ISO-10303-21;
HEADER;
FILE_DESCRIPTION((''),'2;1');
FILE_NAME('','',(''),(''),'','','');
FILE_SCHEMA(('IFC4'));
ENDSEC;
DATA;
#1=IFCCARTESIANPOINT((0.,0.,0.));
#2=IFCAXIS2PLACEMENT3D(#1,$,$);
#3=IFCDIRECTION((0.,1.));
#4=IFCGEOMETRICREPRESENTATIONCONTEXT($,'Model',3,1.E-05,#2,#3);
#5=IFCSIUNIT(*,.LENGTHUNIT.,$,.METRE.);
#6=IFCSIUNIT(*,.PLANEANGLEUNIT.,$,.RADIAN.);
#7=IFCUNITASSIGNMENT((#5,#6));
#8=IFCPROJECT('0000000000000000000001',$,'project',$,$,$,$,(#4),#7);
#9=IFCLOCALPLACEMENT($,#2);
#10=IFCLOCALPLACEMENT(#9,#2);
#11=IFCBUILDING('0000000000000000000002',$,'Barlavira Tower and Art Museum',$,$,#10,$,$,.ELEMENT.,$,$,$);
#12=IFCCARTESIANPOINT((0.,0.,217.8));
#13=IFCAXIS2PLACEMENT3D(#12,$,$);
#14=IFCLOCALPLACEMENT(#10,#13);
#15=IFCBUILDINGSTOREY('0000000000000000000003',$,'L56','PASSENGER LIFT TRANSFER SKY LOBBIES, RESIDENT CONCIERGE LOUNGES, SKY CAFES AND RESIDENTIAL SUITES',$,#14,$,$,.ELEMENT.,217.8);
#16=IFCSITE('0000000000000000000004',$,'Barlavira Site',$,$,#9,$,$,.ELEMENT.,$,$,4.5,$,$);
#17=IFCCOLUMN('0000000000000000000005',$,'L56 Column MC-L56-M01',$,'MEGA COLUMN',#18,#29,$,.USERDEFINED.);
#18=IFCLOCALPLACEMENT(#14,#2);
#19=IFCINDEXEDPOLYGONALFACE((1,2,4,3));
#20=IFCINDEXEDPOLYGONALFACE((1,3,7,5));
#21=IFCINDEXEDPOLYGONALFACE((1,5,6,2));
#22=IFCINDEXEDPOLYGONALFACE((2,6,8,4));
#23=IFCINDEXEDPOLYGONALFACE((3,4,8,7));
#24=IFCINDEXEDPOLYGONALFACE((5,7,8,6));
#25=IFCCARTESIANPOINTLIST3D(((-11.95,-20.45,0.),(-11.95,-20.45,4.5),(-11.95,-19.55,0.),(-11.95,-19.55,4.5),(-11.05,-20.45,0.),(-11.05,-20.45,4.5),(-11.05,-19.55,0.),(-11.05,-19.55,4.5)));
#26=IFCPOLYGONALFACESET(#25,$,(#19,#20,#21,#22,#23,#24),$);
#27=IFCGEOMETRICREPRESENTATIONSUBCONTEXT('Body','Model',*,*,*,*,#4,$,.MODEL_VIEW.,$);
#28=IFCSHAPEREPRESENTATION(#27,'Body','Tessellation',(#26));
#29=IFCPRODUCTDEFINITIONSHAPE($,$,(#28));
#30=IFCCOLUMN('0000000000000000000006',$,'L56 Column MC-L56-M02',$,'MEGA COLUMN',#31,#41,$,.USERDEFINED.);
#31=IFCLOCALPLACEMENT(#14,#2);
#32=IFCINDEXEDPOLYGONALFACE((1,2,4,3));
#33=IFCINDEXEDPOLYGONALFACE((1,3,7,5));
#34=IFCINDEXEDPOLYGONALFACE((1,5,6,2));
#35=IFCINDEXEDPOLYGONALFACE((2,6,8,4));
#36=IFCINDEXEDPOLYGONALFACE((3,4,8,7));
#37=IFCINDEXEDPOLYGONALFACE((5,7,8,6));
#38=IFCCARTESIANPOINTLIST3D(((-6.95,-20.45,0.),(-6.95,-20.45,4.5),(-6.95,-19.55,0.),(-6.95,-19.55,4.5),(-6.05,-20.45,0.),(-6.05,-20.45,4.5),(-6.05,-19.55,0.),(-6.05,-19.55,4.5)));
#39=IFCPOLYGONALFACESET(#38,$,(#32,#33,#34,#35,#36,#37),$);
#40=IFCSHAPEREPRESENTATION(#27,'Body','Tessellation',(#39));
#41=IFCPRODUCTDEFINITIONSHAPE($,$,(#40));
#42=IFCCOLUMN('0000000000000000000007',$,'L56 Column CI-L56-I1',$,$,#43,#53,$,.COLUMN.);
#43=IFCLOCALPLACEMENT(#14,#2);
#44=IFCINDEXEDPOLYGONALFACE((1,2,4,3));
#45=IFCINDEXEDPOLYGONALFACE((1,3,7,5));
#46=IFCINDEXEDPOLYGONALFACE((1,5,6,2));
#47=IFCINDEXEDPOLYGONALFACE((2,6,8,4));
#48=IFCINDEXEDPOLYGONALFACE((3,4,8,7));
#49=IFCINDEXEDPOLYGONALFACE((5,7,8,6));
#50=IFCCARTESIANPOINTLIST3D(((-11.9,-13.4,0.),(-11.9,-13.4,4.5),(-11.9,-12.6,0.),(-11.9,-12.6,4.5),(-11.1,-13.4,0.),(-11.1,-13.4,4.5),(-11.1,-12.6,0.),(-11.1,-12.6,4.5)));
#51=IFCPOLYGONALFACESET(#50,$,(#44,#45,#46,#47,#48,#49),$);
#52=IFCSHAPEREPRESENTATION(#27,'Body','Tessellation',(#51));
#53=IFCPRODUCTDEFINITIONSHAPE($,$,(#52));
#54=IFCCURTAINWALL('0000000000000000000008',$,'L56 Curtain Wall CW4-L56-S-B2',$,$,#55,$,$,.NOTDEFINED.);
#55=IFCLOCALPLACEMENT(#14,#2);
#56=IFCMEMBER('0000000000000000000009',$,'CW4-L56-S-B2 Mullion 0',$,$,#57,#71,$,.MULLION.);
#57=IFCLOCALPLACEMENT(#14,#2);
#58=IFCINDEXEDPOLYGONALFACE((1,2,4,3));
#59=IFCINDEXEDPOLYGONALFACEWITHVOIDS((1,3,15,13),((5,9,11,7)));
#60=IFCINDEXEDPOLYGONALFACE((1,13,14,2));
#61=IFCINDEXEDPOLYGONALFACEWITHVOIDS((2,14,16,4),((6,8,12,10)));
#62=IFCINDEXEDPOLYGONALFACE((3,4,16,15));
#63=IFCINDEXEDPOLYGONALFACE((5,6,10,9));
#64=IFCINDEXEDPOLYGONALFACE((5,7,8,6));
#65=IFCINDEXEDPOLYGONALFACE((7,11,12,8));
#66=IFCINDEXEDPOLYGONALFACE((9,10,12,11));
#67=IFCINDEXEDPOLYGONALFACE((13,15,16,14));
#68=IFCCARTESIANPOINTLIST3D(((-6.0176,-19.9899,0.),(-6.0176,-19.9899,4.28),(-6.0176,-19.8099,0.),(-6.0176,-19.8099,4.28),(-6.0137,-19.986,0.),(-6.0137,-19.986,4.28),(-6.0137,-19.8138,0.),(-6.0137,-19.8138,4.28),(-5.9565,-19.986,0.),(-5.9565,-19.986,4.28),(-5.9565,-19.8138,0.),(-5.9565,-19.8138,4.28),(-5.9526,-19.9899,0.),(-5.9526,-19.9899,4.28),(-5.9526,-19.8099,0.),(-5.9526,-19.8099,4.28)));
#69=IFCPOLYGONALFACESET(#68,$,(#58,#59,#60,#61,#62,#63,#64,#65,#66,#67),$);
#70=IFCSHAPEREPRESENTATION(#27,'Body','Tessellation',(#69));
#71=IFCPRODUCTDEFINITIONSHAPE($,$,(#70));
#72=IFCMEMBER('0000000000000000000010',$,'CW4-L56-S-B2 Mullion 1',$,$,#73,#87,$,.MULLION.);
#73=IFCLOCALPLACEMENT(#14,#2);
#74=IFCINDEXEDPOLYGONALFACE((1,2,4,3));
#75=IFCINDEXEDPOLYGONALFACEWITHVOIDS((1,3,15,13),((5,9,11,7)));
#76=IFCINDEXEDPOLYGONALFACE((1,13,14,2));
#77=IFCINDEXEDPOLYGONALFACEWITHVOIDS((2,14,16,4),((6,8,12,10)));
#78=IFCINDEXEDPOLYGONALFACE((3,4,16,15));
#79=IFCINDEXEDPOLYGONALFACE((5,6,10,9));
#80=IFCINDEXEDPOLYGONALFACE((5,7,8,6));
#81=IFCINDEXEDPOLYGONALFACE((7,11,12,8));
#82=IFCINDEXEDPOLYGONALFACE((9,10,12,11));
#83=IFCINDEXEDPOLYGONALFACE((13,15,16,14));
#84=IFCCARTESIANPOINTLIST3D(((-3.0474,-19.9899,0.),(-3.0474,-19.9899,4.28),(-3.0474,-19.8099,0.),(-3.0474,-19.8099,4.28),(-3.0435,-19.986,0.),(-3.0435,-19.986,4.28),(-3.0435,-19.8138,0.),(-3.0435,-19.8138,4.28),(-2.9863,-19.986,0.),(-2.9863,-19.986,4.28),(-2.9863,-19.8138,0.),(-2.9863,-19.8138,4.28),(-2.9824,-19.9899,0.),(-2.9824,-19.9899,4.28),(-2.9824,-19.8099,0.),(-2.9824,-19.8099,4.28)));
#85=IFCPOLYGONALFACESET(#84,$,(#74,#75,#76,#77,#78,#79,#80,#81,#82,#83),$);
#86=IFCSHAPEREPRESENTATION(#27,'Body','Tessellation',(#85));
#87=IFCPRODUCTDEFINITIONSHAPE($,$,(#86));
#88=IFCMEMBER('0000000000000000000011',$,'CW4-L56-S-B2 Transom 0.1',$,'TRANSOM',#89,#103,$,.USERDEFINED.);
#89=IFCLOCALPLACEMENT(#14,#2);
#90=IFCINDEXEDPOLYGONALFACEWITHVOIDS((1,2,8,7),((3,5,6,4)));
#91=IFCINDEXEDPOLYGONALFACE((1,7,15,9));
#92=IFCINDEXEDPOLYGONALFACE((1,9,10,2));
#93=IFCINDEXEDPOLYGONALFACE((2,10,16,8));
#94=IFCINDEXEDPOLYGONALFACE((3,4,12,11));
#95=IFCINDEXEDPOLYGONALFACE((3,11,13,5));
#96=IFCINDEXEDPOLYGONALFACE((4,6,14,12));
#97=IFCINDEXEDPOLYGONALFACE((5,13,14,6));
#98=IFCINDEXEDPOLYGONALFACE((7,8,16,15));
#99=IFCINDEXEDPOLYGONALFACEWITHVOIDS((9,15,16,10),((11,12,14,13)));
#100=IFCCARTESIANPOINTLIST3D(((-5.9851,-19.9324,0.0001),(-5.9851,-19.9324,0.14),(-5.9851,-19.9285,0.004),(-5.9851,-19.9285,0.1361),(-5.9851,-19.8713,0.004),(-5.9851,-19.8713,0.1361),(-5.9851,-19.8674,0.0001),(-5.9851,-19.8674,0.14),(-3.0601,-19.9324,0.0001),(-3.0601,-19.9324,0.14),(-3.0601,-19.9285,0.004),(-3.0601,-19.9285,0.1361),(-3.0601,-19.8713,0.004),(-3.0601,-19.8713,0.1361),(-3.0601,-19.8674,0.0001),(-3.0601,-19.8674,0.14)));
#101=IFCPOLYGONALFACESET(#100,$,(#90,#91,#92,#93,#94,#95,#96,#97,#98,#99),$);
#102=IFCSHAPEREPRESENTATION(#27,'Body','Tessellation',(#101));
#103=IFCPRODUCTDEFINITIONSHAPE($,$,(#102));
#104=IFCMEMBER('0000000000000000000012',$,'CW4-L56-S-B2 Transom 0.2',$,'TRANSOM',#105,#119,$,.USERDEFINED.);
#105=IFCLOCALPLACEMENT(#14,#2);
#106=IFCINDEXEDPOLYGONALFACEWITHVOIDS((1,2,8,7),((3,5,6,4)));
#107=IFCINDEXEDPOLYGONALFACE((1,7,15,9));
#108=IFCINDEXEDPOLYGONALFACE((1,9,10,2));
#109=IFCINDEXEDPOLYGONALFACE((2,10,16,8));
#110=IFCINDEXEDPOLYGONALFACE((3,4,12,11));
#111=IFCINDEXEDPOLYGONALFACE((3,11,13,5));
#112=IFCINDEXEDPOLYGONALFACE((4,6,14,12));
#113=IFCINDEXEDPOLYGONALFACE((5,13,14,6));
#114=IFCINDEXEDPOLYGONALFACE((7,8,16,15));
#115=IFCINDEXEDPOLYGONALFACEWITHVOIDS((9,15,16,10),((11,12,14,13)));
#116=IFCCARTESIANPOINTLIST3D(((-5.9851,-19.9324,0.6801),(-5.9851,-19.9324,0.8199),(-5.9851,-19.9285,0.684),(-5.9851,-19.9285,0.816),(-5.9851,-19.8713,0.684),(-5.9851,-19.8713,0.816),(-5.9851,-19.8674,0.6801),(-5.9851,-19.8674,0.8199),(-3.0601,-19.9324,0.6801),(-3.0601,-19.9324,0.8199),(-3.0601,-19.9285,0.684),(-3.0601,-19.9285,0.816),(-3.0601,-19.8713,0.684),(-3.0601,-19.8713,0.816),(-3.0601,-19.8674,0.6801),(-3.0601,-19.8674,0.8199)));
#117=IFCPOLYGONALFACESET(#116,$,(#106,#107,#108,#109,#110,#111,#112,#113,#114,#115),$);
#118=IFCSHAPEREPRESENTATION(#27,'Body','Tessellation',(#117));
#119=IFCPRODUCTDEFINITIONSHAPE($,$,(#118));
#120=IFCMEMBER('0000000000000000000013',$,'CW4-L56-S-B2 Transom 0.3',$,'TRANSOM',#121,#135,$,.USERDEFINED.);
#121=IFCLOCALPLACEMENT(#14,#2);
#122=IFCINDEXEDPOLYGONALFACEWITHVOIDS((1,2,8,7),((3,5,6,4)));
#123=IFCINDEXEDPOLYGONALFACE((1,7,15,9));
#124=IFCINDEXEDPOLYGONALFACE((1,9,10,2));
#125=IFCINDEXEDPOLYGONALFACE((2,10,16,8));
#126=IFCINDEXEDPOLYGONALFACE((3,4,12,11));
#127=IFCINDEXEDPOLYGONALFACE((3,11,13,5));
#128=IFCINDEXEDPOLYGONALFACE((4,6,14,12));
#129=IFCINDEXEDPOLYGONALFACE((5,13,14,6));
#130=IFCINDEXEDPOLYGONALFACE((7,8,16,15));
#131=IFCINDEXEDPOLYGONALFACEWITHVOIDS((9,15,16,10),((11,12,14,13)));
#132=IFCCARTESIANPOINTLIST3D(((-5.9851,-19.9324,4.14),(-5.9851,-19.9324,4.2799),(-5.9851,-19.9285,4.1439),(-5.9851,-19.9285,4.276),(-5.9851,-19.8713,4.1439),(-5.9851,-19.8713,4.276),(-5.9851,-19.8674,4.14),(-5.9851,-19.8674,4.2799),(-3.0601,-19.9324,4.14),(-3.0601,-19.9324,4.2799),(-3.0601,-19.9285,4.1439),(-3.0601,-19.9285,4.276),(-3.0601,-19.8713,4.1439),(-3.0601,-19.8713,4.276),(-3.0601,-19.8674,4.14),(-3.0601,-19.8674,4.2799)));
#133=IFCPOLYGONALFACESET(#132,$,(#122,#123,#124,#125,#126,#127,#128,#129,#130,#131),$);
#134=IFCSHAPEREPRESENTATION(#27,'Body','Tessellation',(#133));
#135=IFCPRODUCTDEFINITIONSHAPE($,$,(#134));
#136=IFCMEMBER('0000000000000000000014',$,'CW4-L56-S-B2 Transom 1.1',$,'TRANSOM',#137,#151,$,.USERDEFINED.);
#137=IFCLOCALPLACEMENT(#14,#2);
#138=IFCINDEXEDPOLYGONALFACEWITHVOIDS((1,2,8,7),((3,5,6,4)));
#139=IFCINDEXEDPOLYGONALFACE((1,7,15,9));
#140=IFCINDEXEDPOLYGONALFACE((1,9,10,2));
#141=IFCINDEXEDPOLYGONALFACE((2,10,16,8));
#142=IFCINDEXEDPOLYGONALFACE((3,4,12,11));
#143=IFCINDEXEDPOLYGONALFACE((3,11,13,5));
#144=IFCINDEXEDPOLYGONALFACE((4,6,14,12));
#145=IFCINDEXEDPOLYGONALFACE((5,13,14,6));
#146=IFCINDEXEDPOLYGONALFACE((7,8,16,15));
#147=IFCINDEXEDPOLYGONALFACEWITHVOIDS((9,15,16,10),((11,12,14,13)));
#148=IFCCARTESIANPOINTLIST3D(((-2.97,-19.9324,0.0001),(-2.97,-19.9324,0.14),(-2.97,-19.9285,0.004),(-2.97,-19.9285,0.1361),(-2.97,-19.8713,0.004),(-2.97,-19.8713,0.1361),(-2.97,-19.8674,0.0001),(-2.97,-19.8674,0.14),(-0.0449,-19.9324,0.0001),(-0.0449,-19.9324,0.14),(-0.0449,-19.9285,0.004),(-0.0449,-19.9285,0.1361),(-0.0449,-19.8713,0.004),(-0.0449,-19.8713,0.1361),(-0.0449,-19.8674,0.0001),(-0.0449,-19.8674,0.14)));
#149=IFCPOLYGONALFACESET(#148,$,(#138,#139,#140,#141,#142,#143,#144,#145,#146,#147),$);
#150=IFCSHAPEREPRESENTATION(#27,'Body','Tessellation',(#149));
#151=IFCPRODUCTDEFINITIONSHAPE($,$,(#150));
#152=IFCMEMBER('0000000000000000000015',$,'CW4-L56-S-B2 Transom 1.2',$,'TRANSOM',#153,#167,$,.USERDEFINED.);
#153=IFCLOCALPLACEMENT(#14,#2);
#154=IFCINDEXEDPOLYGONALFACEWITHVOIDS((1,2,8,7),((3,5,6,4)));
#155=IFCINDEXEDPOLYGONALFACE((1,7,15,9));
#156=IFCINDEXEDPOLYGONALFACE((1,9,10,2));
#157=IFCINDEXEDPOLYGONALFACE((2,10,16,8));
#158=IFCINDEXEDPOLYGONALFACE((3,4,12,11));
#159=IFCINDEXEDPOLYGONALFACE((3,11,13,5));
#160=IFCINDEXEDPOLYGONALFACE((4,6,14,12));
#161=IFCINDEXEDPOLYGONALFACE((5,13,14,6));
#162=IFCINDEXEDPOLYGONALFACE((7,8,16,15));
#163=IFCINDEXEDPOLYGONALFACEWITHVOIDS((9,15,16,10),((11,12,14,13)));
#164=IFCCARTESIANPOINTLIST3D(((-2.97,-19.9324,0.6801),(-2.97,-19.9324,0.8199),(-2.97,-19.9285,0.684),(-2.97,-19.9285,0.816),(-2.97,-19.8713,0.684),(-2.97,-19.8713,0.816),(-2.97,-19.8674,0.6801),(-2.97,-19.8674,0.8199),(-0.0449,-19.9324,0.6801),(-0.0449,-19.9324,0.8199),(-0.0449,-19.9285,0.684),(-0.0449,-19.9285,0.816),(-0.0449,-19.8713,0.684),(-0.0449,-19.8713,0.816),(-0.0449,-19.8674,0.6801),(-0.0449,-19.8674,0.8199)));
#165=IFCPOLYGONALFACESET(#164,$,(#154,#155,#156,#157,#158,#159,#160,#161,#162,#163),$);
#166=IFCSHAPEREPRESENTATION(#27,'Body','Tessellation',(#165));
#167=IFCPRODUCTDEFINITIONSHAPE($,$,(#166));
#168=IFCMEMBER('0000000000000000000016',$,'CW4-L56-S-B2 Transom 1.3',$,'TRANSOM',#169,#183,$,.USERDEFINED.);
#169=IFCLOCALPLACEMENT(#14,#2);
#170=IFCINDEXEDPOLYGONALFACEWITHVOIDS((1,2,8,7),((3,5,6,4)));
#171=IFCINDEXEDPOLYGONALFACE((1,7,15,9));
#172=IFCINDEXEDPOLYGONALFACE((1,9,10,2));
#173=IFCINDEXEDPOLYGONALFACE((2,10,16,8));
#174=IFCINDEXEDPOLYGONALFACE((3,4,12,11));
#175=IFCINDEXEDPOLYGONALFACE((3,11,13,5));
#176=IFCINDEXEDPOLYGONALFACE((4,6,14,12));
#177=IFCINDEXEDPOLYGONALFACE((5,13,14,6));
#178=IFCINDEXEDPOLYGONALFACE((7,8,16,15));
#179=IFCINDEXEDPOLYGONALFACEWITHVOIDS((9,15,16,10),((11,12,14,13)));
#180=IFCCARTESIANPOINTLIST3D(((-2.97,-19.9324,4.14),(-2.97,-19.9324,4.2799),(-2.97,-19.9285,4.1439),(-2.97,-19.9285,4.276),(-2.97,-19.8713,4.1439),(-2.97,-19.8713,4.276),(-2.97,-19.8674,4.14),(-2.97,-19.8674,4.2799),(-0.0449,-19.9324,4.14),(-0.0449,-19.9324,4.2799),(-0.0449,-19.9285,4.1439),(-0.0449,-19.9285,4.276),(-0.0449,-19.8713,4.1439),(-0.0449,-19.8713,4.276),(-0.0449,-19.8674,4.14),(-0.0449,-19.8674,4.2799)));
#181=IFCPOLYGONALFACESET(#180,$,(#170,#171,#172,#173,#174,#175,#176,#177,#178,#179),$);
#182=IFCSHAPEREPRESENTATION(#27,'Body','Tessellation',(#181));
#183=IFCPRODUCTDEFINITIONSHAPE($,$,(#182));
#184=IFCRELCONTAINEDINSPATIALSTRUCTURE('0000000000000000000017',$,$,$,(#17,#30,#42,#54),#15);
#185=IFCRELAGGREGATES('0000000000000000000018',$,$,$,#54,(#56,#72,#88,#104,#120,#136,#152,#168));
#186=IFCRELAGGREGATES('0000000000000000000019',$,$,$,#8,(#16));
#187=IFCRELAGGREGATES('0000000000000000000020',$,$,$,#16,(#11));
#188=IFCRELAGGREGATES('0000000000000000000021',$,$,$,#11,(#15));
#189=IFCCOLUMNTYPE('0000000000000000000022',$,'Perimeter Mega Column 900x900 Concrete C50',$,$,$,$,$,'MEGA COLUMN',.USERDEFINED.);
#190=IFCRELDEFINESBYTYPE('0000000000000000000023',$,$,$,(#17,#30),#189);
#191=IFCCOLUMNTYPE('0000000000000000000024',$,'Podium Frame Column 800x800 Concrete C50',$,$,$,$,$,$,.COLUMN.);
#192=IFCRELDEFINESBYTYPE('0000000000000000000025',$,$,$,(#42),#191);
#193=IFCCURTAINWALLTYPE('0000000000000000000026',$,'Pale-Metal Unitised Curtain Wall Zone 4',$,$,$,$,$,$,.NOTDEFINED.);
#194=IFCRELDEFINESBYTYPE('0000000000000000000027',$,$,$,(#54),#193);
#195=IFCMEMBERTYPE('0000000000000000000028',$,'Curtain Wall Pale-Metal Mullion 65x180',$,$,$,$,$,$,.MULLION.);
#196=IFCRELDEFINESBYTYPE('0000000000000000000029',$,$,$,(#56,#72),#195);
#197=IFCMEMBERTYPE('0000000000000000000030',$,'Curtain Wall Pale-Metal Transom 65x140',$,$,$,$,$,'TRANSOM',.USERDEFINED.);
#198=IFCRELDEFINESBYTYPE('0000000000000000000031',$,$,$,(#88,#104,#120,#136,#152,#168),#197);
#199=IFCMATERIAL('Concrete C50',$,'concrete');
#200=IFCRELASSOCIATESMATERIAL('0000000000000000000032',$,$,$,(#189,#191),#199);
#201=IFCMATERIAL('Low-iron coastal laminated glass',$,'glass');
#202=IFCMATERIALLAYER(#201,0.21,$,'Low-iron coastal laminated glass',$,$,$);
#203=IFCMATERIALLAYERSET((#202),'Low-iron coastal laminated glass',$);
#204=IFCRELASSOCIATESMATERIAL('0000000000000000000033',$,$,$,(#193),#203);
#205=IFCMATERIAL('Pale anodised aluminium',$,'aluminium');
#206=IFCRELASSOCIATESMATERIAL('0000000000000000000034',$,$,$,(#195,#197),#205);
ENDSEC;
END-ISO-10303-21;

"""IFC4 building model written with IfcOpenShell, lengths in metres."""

from ifc_helpers import new_model, si_unit, direction, frame, origin, origin_2d, place, context, subcontext, project, spatial, rectangle, hollow_rectangle, extrude, material, layer, layer_set, material_profile, profile_set, type_object, element, aggregate, save


model = new_model("IFC4")

# Units and contexts
model_context = context("Model", 3, precision=1e-05, world=origin(), true_north=direction((0.0, 1.0)))
body_context = subcontext(model_context, "Body", "Model", "MODEL_VIEW")
ifc_project = project(units=[si_unit("LENGTHUNIT", "METRE"), si_unit("PLANEANGLEUNIT", "RADIAN")], contexts=[model_context])

# Site, building, storey
site_placement = place(None, origin())
site = spatial("IfcSite", under=ifc_project, at=site_placement, Name="Barlavira Site", CompositionType="ELEMENT", RefElevation=4.5)
building_placement = place(site_placement, origin())
building = spatial("IfcBuilding", under=site, at=building_placement, Name="Barlavira Tower and Art Museum", CompositionType="ELEMENT")
storey_placement = place(building_placement, frame((0.0, 0.0, 217.8)))
storey = spatial("IfcBuildingStorey", under=building, at=storey_placement, Name="L56", Description="PASSENGER LIFT TRANSFER SKY LOBBIES, RESIDENT CONCIERGE LOUNGES, SKY CAFES AND RESIDENTIAL SUITES", CompositionType="ELEMENT", Elevation=217.8)

# Columns
ifc_material_1 = material(Name="Concrete C50", Category="concrete")
ifc_material_profile_1 = material_profile(ifc_material_1, rectangle(XDim=0.8999, YDim=0.8999, at=origin_2d()), Name="RC-COL 900x900")
ifc_profile_set_1 = profile_set([ifc_material_profile_1], Name="Concrete C50")
column_type_1 = type_object("IfcColumnType", Name="Perimeter Mega Column 900x900 Concrete C50", ElementType="MEGA COLUMN", PredefinedType="USERDEFINED", material=ifc_profile_set_1)
for number, where, z_axis, x_axis, name in (
    (1, (-11.5, -20.0, 0.0), (0.0, 0.0, 1.0), (1.0, 0.0, 0.0), "L56 Column MC-L56-M01"),
    (2, (-6.5, -20.0, 0.0), (0.0, 0.0, 1.0), (1.0, 0.0, 0.0), "L56 Column MC-L56-M02"),
):
    element("IfcColumn", number, at=place(storey_placement, frame(where, z_axis=z_axis, x_axis=x_axis)), inside=storey, type_object=column_type_1, Name=name, ObjectType="MEGA COLUMN", PredefinedType="USERDEFINED", context=body_context, shape_type="SweptSolid", body=[
        extrude(rectangle(XDim=0.8999, YDim=0.8999, at=origin_2d()), origin(), (0.0, 0.0, 1.0), 4.5),
    ])
ifc_material_profile_2 = material_profile(ifc_material_1, rectangle(XDim=0.8, YDim=0.8, at=origin_2d()), Name="RC-COL 800x800")
ifc_profile_set_2 = profile_set([ifc_material_profile_2], Name="Concrete C50")
column_type_2 = type_object("IfcColumnType", Name="Podium Frame Column 800x800 Concrete C50", PredefinedType="COLUMN", material=ifc_profile_set_2)
column_placement = place(storey_placement, frame((-11.5, -13.0, 0.0), z_axis=(0.0, 0.0, 1.0), x_axis=(1.0, 0.0, 0.0)))
element("IfcColumn", 3, at=column_placement, inside=storey, type_object=column_type_2, Name="L56 Column CI-L56-I1", PredefinedType="COLUMN", context=body_context, shape_type="SweptSolid", body=[
    extrude(rectangle(XDim=0.8, YDim=0.8, at=origin_2d()), origin(), (0.0, 0.0, 1.0), 4.5),
])

# Curtain wall, members
ifc_material_2 = material(Name="Low-iron coastal laminated glass", Category="glass")
ifc_layer_1 = layer(ifc_material_2, 0.21, Name="Low-iron coastal laminated glass")
ifc_layer_set_1 = layer_set([ifc_layer_1], Name="Low-iron coastal laminated glass")
curtain_wall_type = type_object("IfcCurtainWallType", Name="Pale-Metal Unitised Curtain Wall Zone 4", PredefinedType="NOTDEFINED", material=ifc_layer_set_1)
curtain_wall_placement = place(storey_placement, origin())
curtain_wall = element("IfcCurtainWall", 4, at=curtain_wall_placement, inside=storey, type_object=curtain_wall_type, Name="L56 Curtain Wall CW4-L56-S-B2", PredefinedType="NOTDEFINED")
ifc_material_3 = material(Name="Pale anodised aluminium", Category="aluminium")
ifc_material_profile_3 = material_profile(ifc_material_3, hollow_rectangle(XDim=0.0649, YDim=0.1799, WallThickness=0.0039, at=origin_2d()), Name="ALU-MULL 65x180x4")
ifc_profile_set_3 = profile_set([ifc_material_profile_3], Name="Pale anodised aluminium")
member_type_1 = type_object("IfcMemberType", Name="Curtain Wall Pale-Metal Mullion 65x180", PredefinedType="MULLION", material=ifc_profile_set_3)
member_1_placement = place(storey_placement, frame((-5.9851, -19.8999, 0.0), z_axis=(0.0, 0.0, 1.0), x_axis=(1.0, 0.0, 0.0)))
member_1 = element("IfcMember", 5, at=member_1_placement, type_object=member_type_1, Name="CW4-L56-S-B2 Mullion 0", PredefinedType="MULLION", context=body_context, shape_type="SweptSolid", body=[
    extrude(hollow_rectangle(XDim=0.0649, YDim=0.1799, WallThickness=0.0039, at=origin_2d()), origin(), (0.0, 0.0, 1.0), 4.28),
])
member_2_placement = place(storey_placement, frame((-3.0149, -19.8999, 0.0), z_axis=(0.0, 0.0, 1.0), x_axis=(1.0, 0.0, 0.0)))
member_2 = element("IfcMember", 6, at=member_2_placement, type_object=member_type_1, Name="CW4-L56-S-B2 Mullion 1", PredefinedType="MULLION", context=body_context, shape_type="SweptSolid", body=[
    extrude(hollow_rectangle(XDim=0.0649, YDim=0.1799, WallThickness=0.0039, at=origin_2d()), origin(), (0.0, 0.0, 1.0), 4.28),
])
ifc_material_profile_4 = material_profile(ifc_material_3, hollow_rectangle(XDim=0.0649, YDim=0.1399, WallThickness=0.0039, at=origin_2d()), Name="ALU-TRAN 65x140x4")
ifc_profile_set_4 = profile_set([ifc_material_profile_4], Name="Pale anodised aluminium")
member_type_2 = type_object("IfcMemberType", Name="Curtain Wall Pale-Metal Transom 65x140", ElementType="TRANSOM", PredefinedType="USERDEFINED", material=ifc_profile_set_4)
member_3_placement = place(storey_placement, frame((-5.9851, -19.8999, 0.0701), z_axis=(1.0, 0.0, 0.0), x_axis=(0.0, 1.0, 0.0)))
member_3 = element("IfcMember", 7, at=member_3_placement, type_object=member_type_2, Name="CW4-L56-S-B2 Transom 0.1", ObjectType="TRANSOM", PredefinedType="USERDEFINED", context=body_context, shape_type="SweptSolid", body=[
    extrude(hollow_rectangle(XDim=0.0649, YDim=0.1399, WallThickness=0.0039, at=origin_2d()), origin(), (0.0, 0.0, 1.0), 2.925),
])
member_4_placement = place(storey_placement, frame((-5.9851, -19.8999, 0.75), z_axis=(1.0, 0.0, 0.0), x_axis=(0.0, 1.0, 0.0)))
member_4 = element("IfcMember", 8, at=member_4_placement, type_object=member_type_2, Name="CW4-L56-S-B2 Transom 0.2", ObjectType="TRANSOM", PredefinedType="USERDEFINED", context=body_context, shape_type="SweptSolid", body=[
    extrude(hollow_rectangle(XDim=0.0649, YDim=0.1399, WallThickness=0.0039, at=origin_2d()), origin(), (0.0, 0.0, 1.0), 2.925),
])
member_5_placement = place(storey_placement, frame((-5.9851, -19.8999, 4.21), z_axis=(1.0, 0.0, 0.0), x_axis=(0.0, 1.0, 0.0)))
member_5 = element("IfcMember", 9, at=member_5_placement, type_object=member_type_2, Name="CW4-L56-S-B2 Transom 0.3", ObjectType="TRANSOM", PredefinedType="USERDEFINED", context=body_context, shape_type="SweptSolid", body=[
    extrude(hollow_rectangle(XDim=0.0649, YDim=0.1399, WallThickness=0.0039, at=origin_2d()), origin(), (0.0, 0.0, 1.0), 2.925),
])
member_6_placement = place(storey_placement, frame((-2.97, -19.8999, 0.0701), z_axis=(1.0, 0.0, 0.0), x_axis=(0.0, 1.0, 0.0)))
member_6 = element("IfcMember", 10, at=member_6_placement, type_object=member_type_2, Name="CW4-L56-S-B2 Transom 1.1", ObjectType="TRANSOM", PredefinedType="USERDEFINED", context=body_context, shape_type="SweptSolid", body=[
    extrude(hollow_rectangle(XDim=0.0649, YDim=0.1399, WallThickness=0.0039, at=origin_2d()), origin(), (0.0, 0.0, 1.0), 2.925),
])
member_7_placement = place(storey_placement, frame((-2.97, -19.8999, 0.75), z_axis=(1.0, 0.0, 0.0), x_axis=(0.0, 1.0, 0.0)))
member_7 = element("IfcMember", 11, at=member_7_placement, type_object=member_type_2, Name="CW4-L56-S-B2 Transom 1.2", ObjectType="TRANSOM", PredefinedType="USERDEFINED", context=body_context, shape_type="SweptSolid", body=[
    extrude(hollow_rectangle(XDim=0.0649, YDim=0.1399, WallThickness=0.0039, at=origin_2d()), origin(), (0.0, 0.0, 1.0), 2.925),
])
member_8_placement = place(storey_placement, frame((-2.97, -19.8999, 4.21), z_axis=(1.0, 0.0, 0.0), x_axis=(0.0, 1.0, 0.0)))
member_8 = element("IfcMember", 12, at=member_8_placement, type_object=member_type_2, Name="CW4-L56-S-B2 Transom 1.3", ObjectType="TRANSOM", PredefinedType="USERDEFINED", context=body_context, shape_type="SweptSolid", body=[
    extrude(hollow_rectangle(XDim=0.0649, YDim=0.1399, WallThickness=0.0039, at=origin_2d()), origin(), (0.0, 0.0, 1.0), 2.925),
])

aggregate(curtain_wall, [member_1, member_2, member_3, member_4, member_5, member_6, member_7, member_8])

save(model, "model.ifc")
